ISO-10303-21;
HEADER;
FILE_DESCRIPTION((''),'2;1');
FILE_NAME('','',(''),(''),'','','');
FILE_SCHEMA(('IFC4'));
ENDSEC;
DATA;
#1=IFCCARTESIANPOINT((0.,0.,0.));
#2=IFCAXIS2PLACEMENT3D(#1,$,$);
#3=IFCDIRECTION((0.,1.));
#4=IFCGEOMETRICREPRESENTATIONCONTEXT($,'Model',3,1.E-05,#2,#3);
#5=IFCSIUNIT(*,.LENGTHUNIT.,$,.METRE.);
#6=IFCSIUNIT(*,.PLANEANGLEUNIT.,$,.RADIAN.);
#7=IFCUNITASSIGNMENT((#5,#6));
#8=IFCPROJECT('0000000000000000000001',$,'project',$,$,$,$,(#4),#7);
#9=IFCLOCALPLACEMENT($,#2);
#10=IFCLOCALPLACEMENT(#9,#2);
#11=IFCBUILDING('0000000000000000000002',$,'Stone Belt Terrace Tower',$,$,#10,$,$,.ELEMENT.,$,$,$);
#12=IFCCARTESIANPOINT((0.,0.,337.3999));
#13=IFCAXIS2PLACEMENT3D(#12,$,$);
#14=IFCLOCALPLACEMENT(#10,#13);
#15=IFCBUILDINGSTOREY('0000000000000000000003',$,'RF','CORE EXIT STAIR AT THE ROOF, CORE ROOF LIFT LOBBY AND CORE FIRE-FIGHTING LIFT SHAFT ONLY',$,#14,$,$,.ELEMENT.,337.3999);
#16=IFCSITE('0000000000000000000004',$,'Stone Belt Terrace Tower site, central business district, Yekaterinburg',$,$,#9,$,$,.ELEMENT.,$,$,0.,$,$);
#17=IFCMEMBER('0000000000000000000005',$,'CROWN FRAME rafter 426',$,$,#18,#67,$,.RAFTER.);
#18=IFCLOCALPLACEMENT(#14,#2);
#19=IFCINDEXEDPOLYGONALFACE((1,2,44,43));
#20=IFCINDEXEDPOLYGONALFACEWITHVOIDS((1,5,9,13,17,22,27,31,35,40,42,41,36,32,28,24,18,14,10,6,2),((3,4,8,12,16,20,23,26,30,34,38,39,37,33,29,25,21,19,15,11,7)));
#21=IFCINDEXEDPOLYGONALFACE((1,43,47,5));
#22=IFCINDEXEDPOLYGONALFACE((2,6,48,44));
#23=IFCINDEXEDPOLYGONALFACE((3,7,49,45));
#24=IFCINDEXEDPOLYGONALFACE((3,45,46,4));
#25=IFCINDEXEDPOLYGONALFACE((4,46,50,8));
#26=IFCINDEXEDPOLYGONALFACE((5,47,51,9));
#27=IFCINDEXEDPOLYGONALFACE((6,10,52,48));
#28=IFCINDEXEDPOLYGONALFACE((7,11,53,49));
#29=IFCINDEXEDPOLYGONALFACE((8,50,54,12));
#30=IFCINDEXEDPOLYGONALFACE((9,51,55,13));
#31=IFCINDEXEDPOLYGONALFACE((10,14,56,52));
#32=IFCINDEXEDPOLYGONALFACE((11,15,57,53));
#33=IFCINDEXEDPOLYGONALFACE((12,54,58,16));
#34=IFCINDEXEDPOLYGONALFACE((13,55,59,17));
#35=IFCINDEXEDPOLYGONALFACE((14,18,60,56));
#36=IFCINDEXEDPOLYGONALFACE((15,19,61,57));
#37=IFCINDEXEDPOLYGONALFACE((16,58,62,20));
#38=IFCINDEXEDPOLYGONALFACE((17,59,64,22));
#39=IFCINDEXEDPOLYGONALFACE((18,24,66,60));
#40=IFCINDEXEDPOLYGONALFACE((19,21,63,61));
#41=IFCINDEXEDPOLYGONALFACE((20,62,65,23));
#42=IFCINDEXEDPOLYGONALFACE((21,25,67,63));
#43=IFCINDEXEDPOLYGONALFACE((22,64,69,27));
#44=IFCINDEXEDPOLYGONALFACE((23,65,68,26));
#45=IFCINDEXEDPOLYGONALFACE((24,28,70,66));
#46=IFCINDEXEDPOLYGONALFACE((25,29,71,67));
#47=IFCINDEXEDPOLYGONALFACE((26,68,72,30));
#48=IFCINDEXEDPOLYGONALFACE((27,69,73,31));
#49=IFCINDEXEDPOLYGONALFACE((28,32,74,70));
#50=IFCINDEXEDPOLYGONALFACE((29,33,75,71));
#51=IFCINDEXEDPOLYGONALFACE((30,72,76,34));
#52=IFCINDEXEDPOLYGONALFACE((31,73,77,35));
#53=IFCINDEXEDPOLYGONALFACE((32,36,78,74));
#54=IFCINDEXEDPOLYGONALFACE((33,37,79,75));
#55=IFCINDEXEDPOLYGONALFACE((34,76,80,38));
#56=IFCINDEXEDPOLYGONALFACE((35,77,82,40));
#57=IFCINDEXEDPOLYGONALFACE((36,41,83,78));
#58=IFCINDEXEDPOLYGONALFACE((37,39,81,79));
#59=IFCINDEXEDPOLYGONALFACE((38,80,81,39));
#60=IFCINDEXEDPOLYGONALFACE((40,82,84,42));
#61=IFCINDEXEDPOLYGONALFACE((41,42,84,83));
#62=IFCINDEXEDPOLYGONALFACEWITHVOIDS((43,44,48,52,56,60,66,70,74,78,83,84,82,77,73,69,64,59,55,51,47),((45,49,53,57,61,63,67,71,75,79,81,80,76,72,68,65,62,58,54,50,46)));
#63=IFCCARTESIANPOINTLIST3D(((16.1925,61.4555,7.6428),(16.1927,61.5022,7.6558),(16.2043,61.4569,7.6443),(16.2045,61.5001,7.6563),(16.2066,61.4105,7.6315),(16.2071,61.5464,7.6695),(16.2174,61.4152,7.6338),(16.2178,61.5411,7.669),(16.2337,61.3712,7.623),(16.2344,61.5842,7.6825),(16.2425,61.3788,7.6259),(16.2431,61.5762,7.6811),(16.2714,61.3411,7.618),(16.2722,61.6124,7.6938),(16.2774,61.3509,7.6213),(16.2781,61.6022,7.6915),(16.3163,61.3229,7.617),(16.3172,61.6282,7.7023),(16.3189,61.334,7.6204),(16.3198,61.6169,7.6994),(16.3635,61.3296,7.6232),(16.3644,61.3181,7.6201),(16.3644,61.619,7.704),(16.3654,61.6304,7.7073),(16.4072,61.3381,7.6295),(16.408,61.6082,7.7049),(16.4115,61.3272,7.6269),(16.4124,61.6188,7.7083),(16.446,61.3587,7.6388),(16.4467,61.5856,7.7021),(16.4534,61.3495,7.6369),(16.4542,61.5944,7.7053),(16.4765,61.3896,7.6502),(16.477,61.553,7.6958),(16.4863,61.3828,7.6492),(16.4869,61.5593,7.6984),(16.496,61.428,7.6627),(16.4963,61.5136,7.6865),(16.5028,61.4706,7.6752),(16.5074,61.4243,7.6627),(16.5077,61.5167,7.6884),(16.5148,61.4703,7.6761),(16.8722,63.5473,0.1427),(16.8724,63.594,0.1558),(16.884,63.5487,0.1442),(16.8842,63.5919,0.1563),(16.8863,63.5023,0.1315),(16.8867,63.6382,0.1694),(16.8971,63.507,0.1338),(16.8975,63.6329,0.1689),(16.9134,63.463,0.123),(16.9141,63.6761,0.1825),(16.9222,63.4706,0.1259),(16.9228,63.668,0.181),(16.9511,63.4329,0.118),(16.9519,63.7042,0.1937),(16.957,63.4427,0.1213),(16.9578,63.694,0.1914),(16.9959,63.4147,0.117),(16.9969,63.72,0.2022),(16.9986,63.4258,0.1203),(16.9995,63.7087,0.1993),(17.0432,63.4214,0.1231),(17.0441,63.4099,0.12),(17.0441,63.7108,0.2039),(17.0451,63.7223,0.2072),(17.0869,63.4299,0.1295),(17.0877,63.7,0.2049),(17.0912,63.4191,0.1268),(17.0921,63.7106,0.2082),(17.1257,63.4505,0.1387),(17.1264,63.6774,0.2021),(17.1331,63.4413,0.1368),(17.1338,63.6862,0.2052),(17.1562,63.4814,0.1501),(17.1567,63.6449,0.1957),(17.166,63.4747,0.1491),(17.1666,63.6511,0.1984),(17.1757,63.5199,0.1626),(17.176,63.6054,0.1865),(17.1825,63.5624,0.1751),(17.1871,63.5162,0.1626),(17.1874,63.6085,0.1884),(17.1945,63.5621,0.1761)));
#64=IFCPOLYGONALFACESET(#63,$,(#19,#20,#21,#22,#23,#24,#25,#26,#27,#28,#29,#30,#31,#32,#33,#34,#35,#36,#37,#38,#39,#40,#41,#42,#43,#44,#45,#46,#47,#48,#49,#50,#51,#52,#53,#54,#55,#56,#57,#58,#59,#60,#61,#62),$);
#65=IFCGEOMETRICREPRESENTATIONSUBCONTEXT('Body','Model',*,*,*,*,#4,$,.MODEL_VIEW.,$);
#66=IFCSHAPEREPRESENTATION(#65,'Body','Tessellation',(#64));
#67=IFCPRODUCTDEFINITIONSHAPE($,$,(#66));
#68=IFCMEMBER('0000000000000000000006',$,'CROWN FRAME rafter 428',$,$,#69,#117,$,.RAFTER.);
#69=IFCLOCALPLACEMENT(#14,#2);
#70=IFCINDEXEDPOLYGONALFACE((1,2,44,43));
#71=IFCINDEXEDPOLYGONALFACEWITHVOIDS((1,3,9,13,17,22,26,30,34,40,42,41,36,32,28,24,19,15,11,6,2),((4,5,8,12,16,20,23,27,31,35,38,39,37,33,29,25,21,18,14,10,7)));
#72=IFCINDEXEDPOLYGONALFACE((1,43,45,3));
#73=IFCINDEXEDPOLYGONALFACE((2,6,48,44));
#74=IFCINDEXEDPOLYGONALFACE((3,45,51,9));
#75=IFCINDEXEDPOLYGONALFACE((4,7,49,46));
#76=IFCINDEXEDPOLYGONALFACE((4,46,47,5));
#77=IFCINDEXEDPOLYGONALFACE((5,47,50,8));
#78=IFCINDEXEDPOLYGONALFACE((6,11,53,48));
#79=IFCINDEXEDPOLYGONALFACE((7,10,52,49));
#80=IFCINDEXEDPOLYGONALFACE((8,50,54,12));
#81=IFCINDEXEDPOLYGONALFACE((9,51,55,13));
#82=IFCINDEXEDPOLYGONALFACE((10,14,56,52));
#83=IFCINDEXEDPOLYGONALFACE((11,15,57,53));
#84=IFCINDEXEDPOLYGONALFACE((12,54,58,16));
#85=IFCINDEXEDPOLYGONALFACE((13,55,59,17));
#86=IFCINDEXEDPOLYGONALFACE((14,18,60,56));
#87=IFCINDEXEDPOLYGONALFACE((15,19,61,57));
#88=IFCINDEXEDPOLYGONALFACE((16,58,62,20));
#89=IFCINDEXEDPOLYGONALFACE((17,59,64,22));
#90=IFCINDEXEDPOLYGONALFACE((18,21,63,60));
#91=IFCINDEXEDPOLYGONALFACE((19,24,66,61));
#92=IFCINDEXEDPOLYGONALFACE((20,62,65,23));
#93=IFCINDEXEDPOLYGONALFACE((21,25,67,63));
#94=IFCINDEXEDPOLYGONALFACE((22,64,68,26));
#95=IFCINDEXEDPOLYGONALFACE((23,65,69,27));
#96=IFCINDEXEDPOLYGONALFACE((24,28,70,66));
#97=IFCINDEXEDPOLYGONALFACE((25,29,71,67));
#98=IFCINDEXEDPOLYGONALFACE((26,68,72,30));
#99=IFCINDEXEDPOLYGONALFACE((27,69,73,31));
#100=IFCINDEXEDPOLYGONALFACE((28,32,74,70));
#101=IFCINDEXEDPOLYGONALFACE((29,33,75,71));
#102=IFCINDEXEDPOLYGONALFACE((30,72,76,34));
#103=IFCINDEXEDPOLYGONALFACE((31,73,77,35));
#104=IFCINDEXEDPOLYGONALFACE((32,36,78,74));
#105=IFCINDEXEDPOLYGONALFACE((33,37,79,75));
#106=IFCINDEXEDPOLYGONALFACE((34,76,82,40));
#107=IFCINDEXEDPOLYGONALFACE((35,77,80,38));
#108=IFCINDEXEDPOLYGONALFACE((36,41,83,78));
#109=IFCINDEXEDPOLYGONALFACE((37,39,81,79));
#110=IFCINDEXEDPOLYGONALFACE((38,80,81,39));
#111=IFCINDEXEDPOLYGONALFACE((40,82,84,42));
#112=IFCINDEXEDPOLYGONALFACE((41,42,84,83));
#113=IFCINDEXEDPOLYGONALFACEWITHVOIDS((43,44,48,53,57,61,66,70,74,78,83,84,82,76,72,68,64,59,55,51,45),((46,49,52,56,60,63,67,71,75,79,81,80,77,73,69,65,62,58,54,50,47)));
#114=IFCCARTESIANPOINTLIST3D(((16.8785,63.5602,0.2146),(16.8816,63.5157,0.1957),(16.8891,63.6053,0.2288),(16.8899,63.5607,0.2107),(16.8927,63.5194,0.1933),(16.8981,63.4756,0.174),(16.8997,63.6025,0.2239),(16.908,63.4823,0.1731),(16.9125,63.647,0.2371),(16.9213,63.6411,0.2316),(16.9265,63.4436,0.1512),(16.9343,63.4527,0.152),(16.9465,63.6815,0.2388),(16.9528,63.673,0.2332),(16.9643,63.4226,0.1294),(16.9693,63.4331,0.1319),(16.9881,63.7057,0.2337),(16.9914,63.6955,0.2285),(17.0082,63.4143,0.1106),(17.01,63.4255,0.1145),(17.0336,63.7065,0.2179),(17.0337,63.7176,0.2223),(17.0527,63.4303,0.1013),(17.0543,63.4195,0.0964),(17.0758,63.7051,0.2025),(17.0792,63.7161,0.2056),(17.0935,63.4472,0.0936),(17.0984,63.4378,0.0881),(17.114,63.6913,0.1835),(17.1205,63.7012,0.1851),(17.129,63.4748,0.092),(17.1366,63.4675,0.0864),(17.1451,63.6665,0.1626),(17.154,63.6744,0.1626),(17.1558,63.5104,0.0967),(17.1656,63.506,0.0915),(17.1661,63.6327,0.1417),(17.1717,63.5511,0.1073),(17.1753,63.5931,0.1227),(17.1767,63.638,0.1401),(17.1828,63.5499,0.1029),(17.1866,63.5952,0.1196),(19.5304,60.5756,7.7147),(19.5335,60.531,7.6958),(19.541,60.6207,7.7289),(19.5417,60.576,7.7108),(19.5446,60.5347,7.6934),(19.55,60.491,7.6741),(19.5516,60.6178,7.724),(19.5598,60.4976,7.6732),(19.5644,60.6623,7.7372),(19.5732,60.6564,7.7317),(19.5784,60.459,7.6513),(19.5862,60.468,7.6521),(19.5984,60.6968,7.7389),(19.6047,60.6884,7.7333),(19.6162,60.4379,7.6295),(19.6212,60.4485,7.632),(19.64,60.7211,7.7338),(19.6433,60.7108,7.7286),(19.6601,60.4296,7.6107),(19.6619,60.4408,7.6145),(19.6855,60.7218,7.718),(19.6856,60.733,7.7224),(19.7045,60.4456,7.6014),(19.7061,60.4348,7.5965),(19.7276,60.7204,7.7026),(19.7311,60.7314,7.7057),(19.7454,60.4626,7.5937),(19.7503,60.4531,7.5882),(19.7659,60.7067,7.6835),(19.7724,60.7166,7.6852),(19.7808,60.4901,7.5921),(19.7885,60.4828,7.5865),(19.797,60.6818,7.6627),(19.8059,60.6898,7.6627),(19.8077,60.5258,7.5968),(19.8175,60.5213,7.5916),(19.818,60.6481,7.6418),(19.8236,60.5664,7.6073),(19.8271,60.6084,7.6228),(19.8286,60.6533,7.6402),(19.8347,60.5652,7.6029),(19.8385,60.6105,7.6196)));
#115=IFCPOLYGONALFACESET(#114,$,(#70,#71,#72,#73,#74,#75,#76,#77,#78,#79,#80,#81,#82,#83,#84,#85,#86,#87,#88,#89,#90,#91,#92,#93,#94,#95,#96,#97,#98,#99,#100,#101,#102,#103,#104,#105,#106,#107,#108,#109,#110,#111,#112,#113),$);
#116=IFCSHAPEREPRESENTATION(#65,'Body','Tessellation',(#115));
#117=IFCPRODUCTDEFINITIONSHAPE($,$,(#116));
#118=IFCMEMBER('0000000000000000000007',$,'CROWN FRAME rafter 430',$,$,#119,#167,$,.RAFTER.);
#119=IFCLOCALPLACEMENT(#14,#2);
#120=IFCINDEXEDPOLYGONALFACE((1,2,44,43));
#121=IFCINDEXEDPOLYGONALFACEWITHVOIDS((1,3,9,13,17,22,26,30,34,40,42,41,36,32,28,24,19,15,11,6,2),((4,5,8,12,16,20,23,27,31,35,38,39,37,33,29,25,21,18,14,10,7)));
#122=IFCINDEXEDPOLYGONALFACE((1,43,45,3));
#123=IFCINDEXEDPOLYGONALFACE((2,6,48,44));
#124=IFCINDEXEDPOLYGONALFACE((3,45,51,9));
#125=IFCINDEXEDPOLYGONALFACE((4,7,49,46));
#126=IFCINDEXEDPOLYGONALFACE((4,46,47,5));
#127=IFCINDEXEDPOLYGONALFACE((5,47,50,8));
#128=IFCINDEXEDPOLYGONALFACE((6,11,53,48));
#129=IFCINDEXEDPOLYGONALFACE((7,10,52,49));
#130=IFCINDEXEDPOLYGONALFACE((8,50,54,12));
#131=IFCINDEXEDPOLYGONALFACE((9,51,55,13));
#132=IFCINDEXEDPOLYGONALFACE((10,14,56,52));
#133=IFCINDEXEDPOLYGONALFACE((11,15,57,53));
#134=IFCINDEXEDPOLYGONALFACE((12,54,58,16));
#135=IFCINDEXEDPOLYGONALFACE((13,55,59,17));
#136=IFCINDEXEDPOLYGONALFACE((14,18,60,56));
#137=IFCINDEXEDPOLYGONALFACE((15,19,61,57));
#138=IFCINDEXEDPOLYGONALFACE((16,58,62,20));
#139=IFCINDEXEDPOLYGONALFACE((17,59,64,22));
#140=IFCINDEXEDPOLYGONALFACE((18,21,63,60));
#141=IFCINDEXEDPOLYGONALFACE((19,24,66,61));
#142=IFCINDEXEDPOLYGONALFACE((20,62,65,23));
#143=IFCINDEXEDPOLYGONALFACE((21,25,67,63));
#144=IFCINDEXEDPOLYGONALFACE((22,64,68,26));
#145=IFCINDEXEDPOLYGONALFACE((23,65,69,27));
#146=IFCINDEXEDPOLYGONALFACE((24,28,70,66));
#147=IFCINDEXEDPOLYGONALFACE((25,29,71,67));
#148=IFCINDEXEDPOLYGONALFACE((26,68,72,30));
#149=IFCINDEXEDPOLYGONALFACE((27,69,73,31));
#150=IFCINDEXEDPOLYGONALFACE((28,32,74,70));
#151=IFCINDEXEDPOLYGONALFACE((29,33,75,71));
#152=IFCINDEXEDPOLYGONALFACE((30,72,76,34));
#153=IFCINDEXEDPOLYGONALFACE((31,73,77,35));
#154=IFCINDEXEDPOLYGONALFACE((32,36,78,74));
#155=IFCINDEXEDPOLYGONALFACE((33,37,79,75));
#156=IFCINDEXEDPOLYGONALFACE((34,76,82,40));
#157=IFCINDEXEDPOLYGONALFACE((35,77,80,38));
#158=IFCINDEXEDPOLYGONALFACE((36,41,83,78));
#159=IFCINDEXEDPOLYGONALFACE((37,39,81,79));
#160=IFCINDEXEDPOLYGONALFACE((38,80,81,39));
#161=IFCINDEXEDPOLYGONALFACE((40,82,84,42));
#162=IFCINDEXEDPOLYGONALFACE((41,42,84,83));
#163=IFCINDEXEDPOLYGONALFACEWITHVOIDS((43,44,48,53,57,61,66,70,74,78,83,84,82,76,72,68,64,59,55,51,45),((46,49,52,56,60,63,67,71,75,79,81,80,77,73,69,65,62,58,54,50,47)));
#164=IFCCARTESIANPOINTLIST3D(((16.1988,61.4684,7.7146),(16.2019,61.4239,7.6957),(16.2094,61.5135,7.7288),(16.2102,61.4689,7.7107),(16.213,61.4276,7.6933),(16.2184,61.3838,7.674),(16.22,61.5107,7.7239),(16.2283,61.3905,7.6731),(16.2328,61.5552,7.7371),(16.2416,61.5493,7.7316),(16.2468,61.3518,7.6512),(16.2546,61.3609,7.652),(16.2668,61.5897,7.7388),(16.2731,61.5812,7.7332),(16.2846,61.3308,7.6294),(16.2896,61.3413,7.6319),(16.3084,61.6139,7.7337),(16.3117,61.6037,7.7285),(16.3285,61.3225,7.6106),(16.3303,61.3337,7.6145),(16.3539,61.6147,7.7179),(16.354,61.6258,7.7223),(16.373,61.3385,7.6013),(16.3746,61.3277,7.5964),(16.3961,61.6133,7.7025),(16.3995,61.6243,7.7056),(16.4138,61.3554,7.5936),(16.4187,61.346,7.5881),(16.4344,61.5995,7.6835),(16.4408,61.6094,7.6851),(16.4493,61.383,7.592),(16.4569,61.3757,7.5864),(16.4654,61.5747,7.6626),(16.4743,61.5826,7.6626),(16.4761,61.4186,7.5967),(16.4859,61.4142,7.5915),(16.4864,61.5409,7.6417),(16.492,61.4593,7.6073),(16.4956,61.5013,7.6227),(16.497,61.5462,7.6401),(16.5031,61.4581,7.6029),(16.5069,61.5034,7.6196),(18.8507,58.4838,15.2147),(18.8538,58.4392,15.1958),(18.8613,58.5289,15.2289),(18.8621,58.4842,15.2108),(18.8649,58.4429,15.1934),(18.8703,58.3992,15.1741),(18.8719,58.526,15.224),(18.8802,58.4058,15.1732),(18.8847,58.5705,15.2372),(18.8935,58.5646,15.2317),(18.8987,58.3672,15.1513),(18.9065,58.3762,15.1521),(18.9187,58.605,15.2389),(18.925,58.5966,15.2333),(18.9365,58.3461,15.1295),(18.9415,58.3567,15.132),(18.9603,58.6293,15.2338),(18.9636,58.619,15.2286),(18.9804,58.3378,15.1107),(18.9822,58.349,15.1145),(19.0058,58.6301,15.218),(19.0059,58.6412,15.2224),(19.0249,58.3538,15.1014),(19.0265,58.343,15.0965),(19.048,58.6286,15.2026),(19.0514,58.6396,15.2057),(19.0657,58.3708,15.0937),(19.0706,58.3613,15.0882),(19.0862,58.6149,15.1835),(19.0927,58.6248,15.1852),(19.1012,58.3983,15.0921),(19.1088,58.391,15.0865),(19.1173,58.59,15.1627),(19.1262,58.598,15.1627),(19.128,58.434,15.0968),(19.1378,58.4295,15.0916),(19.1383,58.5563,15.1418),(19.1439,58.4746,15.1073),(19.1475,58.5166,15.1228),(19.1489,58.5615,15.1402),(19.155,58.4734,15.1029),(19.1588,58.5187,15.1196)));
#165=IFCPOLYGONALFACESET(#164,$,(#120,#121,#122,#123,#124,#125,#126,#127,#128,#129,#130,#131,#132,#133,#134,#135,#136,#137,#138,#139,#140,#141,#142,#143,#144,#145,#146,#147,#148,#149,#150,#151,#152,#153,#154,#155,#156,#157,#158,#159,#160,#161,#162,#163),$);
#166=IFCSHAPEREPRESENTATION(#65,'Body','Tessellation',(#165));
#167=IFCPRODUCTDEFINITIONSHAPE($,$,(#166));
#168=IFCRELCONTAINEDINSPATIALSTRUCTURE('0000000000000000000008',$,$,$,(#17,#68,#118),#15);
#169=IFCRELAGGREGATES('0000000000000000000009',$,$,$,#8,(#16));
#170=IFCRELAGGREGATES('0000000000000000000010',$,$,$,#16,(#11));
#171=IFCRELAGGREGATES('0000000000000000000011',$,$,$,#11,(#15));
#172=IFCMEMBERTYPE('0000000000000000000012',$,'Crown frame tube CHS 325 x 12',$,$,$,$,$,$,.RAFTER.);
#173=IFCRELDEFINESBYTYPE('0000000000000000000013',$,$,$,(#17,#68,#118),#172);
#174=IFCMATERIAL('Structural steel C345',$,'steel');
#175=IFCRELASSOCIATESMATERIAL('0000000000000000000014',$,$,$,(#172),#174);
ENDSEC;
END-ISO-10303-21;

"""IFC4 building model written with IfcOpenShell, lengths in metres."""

from ifc_helpers import new_model, si_unit, direction, frame, origin, origin_2d, place, context, subcontext, project, spatial, hollow_circle, extrude, material, material_profile, profile_set, type_object, element, save


model = new_model("IFC4")

# Units and contexts
model_context = context("Model", 3, precision=1e-05, world=origin(), true_north=direction((0.0, 1.0)))
body_context = subcontext(model_context, "Body", "Model", "MODEL_VIEW")
ifc_project = project(units=[si_unit("LENGTHUNIT", "METRE"), si_unit("PLANEANGLEUNIT", "RADIAN")], contexts=[model_context])

# Site, building, storey
site_placement = place(None, origin())
site = spatial("IfcSite", under=ifc_project, at=site_placement, Name="Stone Belt Terrace Tower site, central business district, Yekaterinburg", CompositionType="ELEMENT", RefElevation=0.0)
building_placement = place(site_placement, origin())
building = spatial("IfcBuilding", under=site, at=building_placement, Name="Stone Belt Terrace Tower", CompositionType="ELEMENT")
storey_placement = place(building_placement, frame((0.0, 0.0, 337.3999)))
storey = spatial("IfcBuildingStorey", under=building, at=storey_placement, Name="RF", Description="CORE EXIT STAIR AT THE ROOF, CORE ROOF LIFT LOBBY AND CORE FIRE-FIGHTING LIFT SHAFT ONLY", CompositionType="ELEMENT", Elevation=337.3999)

# Members
ifc_material_1 = material(Name="Structural steel C345", Category="steel")
ifc_material_profile_1 = material_profile(ifc_material_1, hollow_circle(Radius=0.1626, WallThickness=0.012, at=origin_2d()), Name="Structural steel C345 CHS 325x12")
ifc_profile_set_1 = profile_set([ifc_material_profile_1], Name="Structural steel C345")
member_type_1 = type_object("IfcMemberType", Name="Crown frame tube CHS 325 x 12", PredefinedType="RAFTER", material=ifc_profile_set_1)
member_1_placement = place(storey_placement, frame((17.0325, 63.5664, 0.1626), z_axis=(-0.086963, -0.267635, 0.959588), x_axis=(0.951054, -0.309026, 0.0)))
element("IfcMember", 1, at=member_1_placement, inside=storey, type_object=member_type_1, Name="CROWN FRAME rafter 426", PredefinedType="RAFTER", context=body_context, shape_type="SweptSolid", body=[
    extrude(hollow_circle(Radius=0.1626, WallThickness=0.012, at=origin_2d()), origin(), (0.0, 0.0, 1.0), 7.8159),
])
for number, where, z_axis, x_axis, name in (
    (2, (17.0325, 63.5664, 0.1626), (0.312112, -0.351277, 0.882718), (0.747551, 0.664204, 0.0), "CROWN FRAME rafter 428"),
    (3, (16.3528, 61.4746, 7.6626), (0.312112, -0.351277, 0.882718), (0.747551, 0.664204, 0.0), "CROWN FRAME rafter 430"),
):
    element("IfcMember", number, at=place(storey_placement, frame(where, z_axis=z_axis, x_axis=x_axis)), inside=storey, type_object=member_type_1, Name=name, PredefinedType="RAFTER", context=body_context, shape_type="SweptSolid", body=[
        extrude(hollow_circle(Radius=0.1626, WallThickness=0.012, at=origin_2d()), origin(), (0.0, 0.0, 1.0), 8.4966),
    ])

save(model, "model.ifc")
